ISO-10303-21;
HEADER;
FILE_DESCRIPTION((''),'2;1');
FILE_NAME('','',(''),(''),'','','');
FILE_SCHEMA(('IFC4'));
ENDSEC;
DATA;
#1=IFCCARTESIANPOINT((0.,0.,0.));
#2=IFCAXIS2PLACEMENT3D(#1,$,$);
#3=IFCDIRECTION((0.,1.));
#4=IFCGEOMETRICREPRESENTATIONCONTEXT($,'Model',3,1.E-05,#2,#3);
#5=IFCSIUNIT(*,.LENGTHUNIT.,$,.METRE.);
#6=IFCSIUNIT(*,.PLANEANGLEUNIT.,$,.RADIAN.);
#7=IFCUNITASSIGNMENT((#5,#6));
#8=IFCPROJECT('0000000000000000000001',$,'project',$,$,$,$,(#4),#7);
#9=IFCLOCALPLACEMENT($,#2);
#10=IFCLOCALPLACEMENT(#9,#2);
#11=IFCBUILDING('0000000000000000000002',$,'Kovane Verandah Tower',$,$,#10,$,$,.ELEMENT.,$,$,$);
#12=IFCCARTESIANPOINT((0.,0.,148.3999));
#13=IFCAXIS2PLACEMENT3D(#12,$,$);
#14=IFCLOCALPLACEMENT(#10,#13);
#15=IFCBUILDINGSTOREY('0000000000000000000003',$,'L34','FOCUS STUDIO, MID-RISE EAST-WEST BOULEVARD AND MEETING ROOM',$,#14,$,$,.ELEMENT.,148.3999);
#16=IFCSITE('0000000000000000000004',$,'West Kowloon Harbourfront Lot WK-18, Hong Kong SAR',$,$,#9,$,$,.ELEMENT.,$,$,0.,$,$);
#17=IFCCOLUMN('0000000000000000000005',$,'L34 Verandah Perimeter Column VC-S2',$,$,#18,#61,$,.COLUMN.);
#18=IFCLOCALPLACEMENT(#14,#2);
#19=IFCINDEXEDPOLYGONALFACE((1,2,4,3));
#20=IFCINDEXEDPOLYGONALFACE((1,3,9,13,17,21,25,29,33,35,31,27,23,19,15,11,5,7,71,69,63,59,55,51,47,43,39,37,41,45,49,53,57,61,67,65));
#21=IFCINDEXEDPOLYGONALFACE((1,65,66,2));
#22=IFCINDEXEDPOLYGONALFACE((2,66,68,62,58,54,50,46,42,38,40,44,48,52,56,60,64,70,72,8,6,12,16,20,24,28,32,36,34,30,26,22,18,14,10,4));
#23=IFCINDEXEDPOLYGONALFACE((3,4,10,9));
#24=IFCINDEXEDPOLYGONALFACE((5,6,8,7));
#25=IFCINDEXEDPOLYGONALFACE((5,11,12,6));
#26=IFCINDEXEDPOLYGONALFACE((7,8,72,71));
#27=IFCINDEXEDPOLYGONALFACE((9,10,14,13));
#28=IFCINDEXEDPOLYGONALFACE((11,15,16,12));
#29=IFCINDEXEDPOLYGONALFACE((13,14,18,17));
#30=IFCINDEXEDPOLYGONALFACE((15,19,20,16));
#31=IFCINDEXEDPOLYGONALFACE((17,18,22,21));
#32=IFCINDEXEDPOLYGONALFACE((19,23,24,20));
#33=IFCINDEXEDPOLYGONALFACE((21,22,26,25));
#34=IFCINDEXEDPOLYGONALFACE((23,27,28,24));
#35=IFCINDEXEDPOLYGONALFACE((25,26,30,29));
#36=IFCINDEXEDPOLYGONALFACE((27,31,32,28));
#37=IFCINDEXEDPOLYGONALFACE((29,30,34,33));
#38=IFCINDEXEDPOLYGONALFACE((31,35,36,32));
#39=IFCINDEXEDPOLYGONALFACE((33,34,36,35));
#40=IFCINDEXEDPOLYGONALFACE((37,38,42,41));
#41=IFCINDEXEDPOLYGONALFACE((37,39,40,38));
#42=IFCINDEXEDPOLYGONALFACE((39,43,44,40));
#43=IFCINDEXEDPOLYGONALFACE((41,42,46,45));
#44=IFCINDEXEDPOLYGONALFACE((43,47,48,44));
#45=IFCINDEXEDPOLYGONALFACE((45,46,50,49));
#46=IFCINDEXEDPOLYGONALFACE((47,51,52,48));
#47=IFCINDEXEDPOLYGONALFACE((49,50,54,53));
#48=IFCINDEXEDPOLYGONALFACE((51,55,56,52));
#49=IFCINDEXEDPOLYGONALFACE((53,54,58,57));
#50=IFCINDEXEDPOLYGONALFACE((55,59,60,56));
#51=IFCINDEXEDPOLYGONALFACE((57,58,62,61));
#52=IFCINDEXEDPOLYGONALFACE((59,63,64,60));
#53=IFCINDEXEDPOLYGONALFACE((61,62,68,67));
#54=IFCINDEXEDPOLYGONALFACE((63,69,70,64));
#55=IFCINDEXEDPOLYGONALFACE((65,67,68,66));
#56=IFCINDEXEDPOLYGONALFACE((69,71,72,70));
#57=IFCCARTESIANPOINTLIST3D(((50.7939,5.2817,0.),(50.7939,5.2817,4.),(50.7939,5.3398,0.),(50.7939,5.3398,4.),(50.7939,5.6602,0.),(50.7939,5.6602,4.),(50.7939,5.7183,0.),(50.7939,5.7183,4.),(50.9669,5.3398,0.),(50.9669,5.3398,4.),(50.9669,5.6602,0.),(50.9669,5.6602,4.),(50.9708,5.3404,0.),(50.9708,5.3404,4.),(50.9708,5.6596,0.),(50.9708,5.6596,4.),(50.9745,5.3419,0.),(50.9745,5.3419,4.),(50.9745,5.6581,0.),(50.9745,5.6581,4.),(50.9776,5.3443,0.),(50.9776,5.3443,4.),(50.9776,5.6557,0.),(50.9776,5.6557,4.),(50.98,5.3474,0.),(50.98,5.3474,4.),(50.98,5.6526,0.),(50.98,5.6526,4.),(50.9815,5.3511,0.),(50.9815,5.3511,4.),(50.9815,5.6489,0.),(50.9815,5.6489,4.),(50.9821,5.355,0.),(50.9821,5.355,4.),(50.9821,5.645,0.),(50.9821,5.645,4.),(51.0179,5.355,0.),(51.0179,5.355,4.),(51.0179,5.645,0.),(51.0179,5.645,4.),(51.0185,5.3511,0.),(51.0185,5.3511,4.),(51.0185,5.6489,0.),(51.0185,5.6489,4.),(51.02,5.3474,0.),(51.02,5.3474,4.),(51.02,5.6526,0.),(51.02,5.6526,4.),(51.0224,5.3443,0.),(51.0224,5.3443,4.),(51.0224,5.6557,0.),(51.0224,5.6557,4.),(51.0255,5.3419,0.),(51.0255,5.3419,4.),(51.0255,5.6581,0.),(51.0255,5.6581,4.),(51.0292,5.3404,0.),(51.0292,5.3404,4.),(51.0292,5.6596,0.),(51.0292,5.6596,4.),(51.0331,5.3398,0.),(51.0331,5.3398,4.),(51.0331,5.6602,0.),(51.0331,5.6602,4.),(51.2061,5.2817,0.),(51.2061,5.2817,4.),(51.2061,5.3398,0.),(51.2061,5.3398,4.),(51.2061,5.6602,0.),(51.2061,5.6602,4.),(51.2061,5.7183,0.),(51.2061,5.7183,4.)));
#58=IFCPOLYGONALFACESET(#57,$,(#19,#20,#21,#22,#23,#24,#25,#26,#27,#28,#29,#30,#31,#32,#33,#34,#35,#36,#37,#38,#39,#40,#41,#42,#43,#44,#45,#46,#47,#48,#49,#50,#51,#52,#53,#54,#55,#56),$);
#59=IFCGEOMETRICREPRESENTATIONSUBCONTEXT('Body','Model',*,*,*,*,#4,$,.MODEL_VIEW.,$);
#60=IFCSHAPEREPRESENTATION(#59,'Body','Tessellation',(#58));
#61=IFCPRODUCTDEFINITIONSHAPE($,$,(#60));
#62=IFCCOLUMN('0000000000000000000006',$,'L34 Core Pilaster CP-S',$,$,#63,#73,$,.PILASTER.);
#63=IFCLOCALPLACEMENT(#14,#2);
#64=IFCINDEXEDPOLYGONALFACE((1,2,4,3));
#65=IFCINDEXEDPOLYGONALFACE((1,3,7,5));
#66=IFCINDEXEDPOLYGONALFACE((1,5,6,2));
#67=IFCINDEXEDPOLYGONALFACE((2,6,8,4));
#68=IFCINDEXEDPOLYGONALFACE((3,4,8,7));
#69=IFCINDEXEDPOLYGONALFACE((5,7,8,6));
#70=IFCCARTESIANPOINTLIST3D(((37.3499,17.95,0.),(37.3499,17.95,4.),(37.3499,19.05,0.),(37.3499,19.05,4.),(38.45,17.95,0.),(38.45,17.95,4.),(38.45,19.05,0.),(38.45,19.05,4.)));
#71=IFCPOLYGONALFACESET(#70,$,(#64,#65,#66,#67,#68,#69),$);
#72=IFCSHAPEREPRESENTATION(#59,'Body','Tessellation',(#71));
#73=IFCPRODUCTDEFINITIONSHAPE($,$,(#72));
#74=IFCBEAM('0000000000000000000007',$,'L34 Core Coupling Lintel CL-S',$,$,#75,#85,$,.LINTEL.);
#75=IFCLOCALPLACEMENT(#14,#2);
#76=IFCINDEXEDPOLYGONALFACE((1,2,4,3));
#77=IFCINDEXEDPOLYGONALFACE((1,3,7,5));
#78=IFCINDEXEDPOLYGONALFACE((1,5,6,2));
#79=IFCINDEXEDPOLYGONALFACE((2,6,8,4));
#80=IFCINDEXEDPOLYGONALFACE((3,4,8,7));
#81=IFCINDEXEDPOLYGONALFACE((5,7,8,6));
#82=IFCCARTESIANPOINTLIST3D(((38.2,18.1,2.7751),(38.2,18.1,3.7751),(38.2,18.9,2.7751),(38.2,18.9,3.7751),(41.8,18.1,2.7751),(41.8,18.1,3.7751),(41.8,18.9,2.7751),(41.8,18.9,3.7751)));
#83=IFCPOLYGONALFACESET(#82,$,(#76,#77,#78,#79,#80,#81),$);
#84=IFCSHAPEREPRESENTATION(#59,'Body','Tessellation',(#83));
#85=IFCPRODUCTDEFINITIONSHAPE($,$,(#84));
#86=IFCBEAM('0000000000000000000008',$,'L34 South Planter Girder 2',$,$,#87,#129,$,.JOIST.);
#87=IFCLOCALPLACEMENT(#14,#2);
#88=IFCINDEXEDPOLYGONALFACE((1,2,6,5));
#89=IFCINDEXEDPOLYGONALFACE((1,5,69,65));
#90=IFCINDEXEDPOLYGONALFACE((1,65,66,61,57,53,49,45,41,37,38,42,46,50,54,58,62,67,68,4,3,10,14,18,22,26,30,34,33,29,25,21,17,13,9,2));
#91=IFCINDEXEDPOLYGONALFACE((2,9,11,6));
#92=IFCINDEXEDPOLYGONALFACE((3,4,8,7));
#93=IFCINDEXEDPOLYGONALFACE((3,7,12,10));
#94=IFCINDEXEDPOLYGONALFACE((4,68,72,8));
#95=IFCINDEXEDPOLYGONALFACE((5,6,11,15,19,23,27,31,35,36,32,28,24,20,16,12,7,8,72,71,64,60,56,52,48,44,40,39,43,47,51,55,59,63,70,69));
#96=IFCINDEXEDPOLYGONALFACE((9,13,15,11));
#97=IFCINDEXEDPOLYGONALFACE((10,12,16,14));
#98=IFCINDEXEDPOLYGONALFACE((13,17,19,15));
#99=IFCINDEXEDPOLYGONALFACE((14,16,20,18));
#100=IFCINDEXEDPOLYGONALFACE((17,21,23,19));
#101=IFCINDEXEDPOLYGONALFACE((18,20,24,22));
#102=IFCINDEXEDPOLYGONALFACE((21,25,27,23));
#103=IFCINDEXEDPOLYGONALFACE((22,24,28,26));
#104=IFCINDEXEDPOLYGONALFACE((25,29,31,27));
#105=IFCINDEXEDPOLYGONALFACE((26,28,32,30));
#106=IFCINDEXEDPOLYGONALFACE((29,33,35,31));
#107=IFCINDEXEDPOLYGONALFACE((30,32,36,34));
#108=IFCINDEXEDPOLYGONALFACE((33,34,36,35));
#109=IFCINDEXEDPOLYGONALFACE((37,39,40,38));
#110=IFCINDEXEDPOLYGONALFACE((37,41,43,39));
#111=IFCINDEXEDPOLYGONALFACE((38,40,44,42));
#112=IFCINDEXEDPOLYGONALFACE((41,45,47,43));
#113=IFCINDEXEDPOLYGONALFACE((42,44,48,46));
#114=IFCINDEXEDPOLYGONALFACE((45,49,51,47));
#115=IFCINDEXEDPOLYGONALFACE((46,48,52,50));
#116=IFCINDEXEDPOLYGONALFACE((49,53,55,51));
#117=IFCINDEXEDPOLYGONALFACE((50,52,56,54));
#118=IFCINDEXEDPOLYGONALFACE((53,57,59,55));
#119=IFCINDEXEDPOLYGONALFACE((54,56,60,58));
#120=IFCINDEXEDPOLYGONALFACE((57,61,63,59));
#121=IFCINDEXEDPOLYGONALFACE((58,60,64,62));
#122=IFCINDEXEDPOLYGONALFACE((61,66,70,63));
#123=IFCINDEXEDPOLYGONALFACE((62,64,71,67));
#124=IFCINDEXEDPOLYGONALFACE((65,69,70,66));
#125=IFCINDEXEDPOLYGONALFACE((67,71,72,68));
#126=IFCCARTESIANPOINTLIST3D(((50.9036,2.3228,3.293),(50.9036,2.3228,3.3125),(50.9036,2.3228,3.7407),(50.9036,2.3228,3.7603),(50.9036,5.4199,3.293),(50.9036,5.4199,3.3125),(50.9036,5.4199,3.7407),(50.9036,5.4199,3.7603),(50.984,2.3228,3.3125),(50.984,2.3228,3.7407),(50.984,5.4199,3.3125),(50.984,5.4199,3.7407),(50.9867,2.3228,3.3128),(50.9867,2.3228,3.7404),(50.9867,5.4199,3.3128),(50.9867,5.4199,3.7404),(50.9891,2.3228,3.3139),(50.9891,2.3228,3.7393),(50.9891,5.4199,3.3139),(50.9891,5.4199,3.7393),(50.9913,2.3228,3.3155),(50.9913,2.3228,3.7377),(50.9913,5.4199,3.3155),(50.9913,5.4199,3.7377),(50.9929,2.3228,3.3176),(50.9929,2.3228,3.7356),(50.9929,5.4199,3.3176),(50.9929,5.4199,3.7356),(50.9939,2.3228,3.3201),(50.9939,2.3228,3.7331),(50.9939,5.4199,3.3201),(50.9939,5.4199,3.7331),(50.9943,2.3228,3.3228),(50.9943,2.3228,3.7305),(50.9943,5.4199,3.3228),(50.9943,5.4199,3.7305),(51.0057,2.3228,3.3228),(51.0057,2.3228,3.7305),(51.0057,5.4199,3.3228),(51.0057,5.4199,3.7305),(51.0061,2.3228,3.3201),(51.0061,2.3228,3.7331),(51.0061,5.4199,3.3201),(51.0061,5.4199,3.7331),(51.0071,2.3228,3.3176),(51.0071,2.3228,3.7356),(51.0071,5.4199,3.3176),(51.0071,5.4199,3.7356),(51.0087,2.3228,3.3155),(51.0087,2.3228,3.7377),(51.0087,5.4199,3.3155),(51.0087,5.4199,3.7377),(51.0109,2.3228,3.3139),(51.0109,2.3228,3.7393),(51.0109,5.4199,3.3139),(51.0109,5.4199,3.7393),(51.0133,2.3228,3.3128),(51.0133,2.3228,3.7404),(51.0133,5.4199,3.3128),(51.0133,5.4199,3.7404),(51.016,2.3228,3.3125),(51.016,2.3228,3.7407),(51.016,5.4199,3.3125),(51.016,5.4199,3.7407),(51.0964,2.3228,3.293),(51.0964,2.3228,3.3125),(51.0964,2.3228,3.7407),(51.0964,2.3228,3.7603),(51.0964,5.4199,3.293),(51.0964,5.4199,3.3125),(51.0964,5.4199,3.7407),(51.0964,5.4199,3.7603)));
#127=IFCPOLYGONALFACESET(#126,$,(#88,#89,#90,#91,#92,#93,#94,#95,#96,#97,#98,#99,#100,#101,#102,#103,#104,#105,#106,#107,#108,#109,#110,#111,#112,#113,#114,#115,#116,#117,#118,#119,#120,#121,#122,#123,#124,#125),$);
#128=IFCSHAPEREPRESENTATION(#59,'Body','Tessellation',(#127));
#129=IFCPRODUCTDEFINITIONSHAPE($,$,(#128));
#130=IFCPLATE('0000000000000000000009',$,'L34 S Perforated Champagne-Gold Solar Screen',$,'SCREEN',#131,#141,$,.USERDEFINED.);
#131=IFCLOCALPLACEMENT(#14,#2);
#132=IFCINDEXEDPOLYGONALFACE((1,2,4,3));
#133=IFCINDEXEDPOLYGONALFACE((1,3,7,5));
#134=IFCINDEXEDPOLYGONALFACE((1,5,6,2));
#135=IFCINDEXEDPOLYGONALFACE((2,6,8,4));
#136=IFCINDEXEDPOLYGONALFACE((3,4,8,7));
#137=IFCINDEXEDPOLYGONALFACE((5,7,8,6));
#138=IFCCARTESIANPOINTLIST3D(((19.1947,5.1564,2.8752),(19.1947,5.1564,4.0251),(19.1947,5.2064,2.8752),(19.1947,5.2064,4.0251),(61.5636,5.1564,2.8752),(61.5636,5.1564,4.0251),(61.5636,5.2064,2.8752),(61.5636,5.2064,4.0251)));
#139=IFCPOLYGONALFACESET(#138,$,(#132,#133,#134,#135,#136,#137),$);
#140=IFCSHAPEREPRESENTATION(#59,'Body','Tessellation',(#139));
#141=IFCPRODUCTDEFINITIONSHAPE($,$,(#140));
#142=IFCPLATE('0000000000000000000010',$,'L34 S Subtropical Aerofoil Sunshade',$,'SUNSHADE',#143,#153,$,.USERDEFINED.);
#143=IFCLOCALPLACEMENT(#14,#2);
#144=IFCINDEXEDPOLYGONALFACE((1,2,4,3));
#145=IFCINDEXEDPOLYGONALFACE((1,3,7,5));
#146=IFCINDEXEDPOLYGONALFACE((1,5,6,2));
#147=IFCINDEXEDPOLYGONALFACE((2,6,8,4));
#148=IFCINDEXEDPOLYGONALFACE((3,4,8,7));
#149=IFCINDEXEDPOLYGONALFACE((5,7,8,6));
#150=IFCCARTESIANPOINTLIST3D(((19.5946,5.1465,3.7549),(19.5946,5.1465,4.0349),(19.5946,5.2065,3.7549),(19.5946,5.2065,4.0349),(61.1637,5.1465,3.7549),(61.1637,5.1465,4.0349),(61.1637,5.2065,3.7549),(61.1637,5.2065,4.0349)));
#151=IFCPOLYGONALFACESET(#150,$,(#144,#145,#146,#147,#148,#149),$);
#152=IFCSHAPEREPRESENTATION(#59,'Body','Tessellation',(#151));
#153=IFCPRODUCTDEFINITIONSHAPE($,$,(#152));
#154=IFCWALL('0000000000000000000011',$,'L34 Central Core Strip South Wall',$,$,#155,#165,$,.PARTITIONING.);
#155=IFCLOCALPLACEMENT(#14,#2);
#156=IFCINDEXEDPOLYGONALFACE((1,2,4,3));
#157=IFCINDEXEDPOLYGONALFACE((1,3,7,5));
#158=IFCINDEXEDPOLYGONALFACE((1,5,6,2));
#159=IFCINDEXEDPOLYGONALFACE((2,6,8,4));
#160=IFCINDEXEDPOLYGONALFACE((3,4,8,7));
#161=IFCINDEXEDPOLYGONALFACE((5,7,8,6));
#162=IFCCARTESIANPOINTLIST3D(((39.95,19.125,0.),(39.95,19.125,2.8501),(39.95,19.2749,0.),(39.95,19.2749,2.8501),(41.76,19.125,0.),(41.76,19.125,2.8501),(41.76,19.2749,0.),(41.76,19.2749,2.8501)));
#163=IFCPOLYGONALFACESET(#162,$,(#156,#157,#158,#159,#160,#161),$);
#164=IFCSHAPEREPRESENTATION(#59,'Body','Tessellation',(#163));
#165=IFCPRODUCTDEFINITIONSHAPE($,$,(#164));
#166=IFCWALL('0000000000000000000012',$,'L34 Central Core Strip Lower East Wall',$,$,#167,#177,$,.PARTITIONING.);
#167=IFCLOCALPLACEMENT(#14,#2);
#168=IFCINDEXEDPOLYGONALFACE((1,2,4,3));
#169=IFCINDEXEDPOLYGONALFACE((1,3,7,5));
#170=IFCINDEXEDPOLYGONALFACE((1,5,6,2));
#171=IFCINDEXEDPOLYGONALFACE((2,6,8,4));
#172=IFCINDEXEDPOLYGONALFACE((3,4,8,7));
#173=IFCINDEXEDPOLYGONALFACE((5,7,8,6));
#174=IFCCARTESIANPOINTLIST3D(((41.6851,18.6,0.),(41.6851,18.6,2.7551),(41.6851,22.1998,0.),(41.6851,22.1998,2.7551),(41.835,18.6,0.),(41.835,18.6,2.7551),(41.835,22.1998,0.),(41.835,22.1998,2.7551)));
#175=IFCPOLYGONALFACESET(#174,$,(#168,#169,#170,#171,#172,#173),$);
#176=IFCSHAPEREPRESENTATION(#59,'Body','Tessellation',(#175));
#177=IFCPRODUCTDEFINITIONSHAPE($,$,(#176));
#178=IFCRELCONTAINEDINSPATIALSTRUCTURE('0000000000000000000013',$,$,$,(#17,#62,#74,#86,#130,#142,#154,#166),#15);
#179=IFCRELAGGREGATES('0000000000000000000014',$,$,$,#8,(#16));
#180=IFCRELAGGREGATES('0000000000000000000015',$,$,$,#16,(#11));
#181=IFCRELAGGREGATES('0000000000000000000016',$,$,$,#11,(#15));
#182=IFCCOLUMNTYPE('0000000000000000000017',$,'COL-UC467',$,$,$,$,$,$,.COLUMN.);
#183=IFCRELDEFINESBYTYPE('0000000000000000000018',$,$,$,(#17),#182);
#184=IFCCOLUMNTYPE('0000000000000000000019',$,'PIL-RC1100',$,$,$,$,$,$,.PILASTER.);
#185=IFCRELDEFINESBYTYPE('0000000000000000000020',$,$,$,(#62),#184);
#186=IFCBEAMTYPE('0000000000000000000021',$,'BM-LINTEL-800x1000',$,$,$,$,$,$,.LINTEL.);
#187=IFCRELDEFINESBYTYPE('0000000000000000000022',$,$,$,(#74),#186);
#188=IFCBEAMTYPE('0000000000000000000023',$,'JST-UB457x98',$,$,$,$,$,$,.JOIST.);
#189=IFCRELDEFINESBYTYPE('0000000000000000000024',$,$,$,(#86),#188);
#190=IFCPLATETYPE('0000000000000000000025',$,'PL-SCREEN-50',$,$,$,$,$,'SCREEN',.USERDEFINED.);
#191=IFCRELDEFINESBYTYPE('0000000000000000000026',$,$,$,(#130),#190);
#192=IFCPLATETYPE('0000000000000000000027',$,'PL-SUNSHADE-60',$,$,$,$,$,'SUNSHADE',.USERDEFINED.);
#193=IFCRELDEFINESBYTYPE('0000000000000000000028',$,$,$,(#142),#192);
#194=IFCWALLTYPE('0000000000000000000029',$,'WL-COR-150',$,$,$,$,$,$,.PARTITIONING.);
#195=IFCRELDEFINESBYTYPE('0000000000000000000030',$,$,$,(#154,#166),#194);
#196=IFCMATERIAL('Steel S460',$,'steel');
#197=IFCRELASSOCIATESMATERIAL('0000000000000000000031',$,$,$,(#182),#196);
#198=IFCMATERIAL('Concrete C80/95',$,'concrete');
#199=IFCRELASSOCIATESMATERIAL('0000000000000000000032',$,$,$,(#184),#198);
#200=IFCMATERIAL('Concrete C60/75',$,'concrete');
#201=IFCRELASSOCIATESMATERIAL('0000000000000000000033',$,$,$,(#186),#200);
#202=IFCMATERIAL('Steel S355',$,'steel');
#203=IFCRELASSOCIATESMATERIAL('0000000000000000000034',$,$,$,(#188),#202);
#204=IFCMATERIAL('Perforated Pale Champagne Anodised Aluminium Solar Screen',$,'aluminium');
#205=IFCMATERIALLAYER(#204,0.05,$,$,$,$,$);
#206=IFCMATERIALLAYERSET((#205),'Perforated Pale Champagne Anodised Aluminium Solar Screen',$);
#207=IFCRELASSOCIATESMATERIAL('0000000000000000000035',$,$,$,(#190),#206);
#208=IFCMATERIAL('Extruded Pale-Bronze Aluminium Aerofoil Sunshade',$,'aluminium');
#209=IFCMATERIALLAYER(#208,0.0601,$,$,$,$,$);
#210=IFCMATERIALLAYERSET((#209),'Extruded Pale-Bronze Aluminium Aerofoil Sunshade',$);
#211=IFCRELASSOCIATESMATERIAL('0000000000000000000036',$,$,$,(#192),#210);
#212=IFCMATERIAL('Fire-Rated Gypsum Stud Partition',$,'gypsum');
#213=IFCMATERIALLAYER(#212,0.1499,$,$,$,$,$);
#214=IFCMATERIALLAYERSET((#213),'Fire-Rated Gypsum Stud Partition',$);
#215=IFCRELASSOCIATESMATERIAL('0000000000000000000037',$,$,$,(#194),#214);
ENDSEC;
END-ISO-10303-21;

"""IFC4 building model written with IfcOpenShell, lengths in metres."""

from ifc_helpers import new_model, si_unit, direction, frame, frame_2d, origin, origin_2d, place, context, subcontext, project, spatial, rectangle, i_section, extrude, material, layer, layer_set, material_profile, profile_set, type_object, element, save


model = new_model("IFC4")

# Units and contexts
model_context = context("Model", 3, precision=1e-05, world=origin(), true_north=direction((0.0, 1.0)))
body_context = subcontext(model_context, "Body", "Model", "MODEL_VIEW")
ifc_project = project(units=[si_unit("LENGTHUNIT", "METRE"), si_unit("PLANEANGLEUNIT", "RADIAN")], contexts=[model_context])

# Site, building, storey
site_placement = place(None, origin())
site = spatial("IfcSite", under=ifc_project, at=site_placement, Name="West Kowloon Harbourfront Lot WK-18, Hong Kong SAR", CompositionType="ELEMENT", RefElevation=0.0)
building_placement = place(site_placement, origin())
building = spatial("IfcBuilding", under=site, at=building_placement, Name="Kovane Verandah Tower", CompositionType="ELEMENT")
storey_placement = place(building_placement, frame((0.0, 0.0, 148.3999)))
storey = spatial("IfcBuildingStorey", under=building, at=storey_placement, Name="L34", Description="FOCUS STUDIO, MID-RISE EAST-WEST BOULEVARD AND MEETING ROOM", CompositionType="ELEMENT", Elevation=148.3999)

# Columns
ifc_material_1 = material(Name="Steel S460", Category="steel")
ifc_material_profile_1 = material_profile(ifc_material_1, i_section(OverallWidth=0.4121, OverallDepth=0.4365, WebThickness=0.0359, FlangeThickness=0.0581, FilletRadius=0.0151, at=origin_2d()), Name="UC356x406x467")
ifc_profile_set_1 = profile_set([ifc_material_profile_1], Name="Steel S460")
column_type_1 = type_object("IfcColumnType", Name="COL-UC467", PredefinedType="COLUMN", material=ifc_profile_set_1)
column_1_placement = place(storey_placement, frame((51.0, 5.5, 0.0), z_axis=(0.0, 0.0, 1.0), x_axis=(1.0, 0.0, 0.0)))
element("IfcColumn", 1, at=column_1_placement, inside=storey, type_object=column_type_1, Name="L34 Verandah Perimeter Column VC-S2", PredefinedType="COLUMN", context=body_context, shape_type="SweptSolid", body=[
    extrude(i_section(OverallWidth=0.4121, OverallDepth=0.4365, WebThickness=0.0359, FlangeThickness=0.0581, FilletRadius=0.0151, at=origin_2d()), origin(), (0.0, 0.0, 1.0), 4.0),
])
ifc_material_2 = material(Name="Concrete C80/95", Category="concrete")
ifc_material_profile_2 = material_profile(ifc_material_2, rectangle(XDim=1.1001, YDim=1.1001, at=origin_2d()), Name="RC1100x1100")
ifc_profile_set_2 = profile_set([ifc_material_profile_2], Name="Concrete C80/95")
column_type_2 = type_object("IfcColumnType", Name="PIL-RC1100", PredefinedType="PILASTER", material=ifc_profile_set_2)
column_2_placement = place(storey_placement, frame((37.8999, 18.5, 0.0), z_axis=(0.0, 0.0, 1.0), x_axis=(1.0, 0.0, 0.0)))
element("IfcColumn", 2, at=column_2_placement, inside=storey, type_object=column_type_2, Name="L34 Core Pilaster CP-S", PredefinedType="PILASTER", context=body_context, shape_type="SweptSolid", body=[
    extrude(rectangle(XDim=1.1001, YDim=1.1001, at=origin_2d()), origin(), (0.0, 0.0, 1.0), 4.0),
])

# Beams
ifc_material_3 = material(Name="Concrete C60/75", Category="concrete")
ifc_material_profile_3 = material_profile(ifc_material_3, rectangle(XDim=0.8, YDim=1.0, at=origin_2d()), Name="RCB800x1000")
ifc_profile_set_3 = profile_set([ifc_material_profile_3], Name="Concrete C60/75")
beam_type_1 = type_object("IfcBeamType", Name="BM-LINTEL-800x1000", PredefinedType="LINTEL", material=ifc_profile_set_3)
beam_1_placement = place(storey_placement, frame((38.2, 18.5, 3.2751), z_axis=(1.0, 0.0, 0.0), x_axis=(0.0, 1.0, 0.0)))
element("IfcBeam", 3, at=beam_1_placement, inside=storey, type_object=beam_type_1, Name="L34 Core Coupling Lintel CL-S", PredefinedType="LINTEL", context=body_context, shape_type="SweptSolid", body=[
    extrude(rectangle(XDim=0.8, YDim=1.0, at=origin_2d()), origin(), (0.0, 0.0, 1.0), 3.6001),
])
ifc_material_4 = material(Name="Steel S355", Category="steel")
ifc_material_profile_4 = material_profile(ifc_material_4, i_section(OverallWidth=0.1929, OverallDepth=0.4673, WebThickness=0.0115, FlangeThickness=0.0195, FilletRadius=0.0103, at=origin_2d()), Name="UB457x191x98")
ifc_profile_set_4 = profile_set([ifc_material_profile_4], Name="Steel S355")
beam_type_2 = type_object("IfcBeamType", Name="JST-UB457x98", PredefinedType="JOIST", material=ifc_profile_set_4)
beam_2_placement = place(storey_placement, frame((51.0, 5.4199, 3.5266), z_axis=(0.0, -1.0, 0.0), x_axis=(1.0, 0.0, 0.0)))
element("IfcBeam", 4, at=beam_2_placement, inside=storey, type_object=beam_type_2, Name="L34 South Planter Girder 2", PredefinedType="JOIST", context=body_context, shape_type="SweptSolid", body=[
    extrude(i_section(OverallWidth=0.1929, OverallDepth=0.4673, WebThickness=0.0115, FlangeThickness=0.0195, FilletRadius=0.0103, at=origin_2d()), origin(), (0.0, 0.0, 1.0), 3.0972),
])

# Plates
ifc_material_5 = material(Name="Perforated Pale Champagne Anodised Aluminium Solar Screen", Category="aluminium")
ifc_layer_1 = layer(ifc_material_5, 0.05)
ifc_layer_set_1 = layer_set([ifc_layer_1], Name="Perforated Pale Champagne Anodised Aluminium Solar Screen")
plate_type_1 = type_object("IfcPlateType", Name="PL-SCREEN-50", ElementType="SCREEN", PredefinedType="USERDEFINED", material=ifc_layer_set_1)
plate_1_placement = place(storey_placement, frame((40.3792, 5.1814, 2.8752), z_axis=(0.0, 0.0, 1.0), x_axis=(1.0, 0.0, 0.0)))
element("IfcPlate", 5, at=plate_1_placement, inside=storey, type_object=plate_type_1, Name="L34 S Perforated Champagne-Gold Solar Screen", ObjectType="SCREEN", PredefinedType="USERDEFINED", context=body_context, shape_type="SweptSolid", body=[
    extrude(rectangle(XDim=42.3689, YDim=0.05, at=origin_2d()), origin(), (0.0, 0.0, 1.0), 1.1499),
])
ifc_material_6 = material(Name="Extruded Pale-Bronze Aluminium Aerofoil Sunshade", Category="aluminium")
ifc_layer_2 = layer(ifc_material_6, 0.0601)
ifc_layer_set_2 = layer_set([ifc_layer_2], Name="Extruded Pale-Bronze Aluminium Aerofoil Sunshade")
plate_type_2 = type_object("IfcPlateType", Name="PL-SUNSHADE-60", ElementType="SUNSHADE", PredefinedType="USERDEFINED", material=ifc_layer_set_2)
plate_2_placement = place(storey_placement, frame((40.3792, 5.1765, 3.7549), z_axis=(0.0, 0.0, 1.0), x_axis=(1.0, 0.0, 0.0)))
element("IfcPlate", 6, at=plate_2_placement, inside=storey, type_object=plate_type_2, Name="L34 S Subtropical Aerofoil Sunshade", ObjectType="SUNSHADE", PredefinedType="USERDEFINED", context=body_context, shape_type="SweptSolid", body=[
    extrude(rectangle(XDim=41.5691, YDim=0.0601, at=origin_2d()), origin(), (0.0, 0.0, 1.0), 0.28),
])

# Walls
ifc_material_7 = material(Name="Fire-Rated Gypsum Stud Partition", Category="gypsum")
ifc_layer_3 = layer(ifc_material_7, 0.1499)
ifc_layer_set_3 = layer_set([ifc_layer_3], Name="Fire-Rated Gypsum Stud Partition")
wall_type_1 = type_object("IfcWallType", Name="WL-COR-150", PredefinedType="PARTITIONING", material=ifc_layer_set_3)
wall_1_placement = place(storey_placement, frame((39.95, 19.2, 0.0), z_axis=(0.0, 0.0, 1.0), x_axis=(1.0, 0.0, 0.0)))
element("IfcWall", 7, at=wall_1_placement, inside=storey, type_object=wall_type_1, Name="L34 Central Core Strip South Wall", PredefinedType="PARTITIONING", context=body_context, shape_type="SweptSolid", body=[
    extrude(rectangle(XDim=1.8101, YDim=0.1499, at=frame_2d((0.905, 0.0))), origin(), (0.0, 0.0, 1.0), 2.8501),
])
wall_2_placement = place(storey_placement, frame((41.76, 18.6001, 0.0), z_axis=(0.0, 0.0, 1.0), x_axis=(0.0, 1.0, 0.0)))
element("IfcWall", 8, at=wall_2_placement, inside=storey, type_object=wall_type_1, Name="L34 Central Core Strip Lower East Wall", PredefinedType="PARTITIONING", context=body_context, shape_type="SweptSolid", body=[
    extrude(rectangle(XDim=3.5999, YDim=0.1499, at=frame_2d((1.7998, 0.0))), origin(), (0.0, 0.0, 1.0), 2.7551),
])

save(model, "model.ifc")
